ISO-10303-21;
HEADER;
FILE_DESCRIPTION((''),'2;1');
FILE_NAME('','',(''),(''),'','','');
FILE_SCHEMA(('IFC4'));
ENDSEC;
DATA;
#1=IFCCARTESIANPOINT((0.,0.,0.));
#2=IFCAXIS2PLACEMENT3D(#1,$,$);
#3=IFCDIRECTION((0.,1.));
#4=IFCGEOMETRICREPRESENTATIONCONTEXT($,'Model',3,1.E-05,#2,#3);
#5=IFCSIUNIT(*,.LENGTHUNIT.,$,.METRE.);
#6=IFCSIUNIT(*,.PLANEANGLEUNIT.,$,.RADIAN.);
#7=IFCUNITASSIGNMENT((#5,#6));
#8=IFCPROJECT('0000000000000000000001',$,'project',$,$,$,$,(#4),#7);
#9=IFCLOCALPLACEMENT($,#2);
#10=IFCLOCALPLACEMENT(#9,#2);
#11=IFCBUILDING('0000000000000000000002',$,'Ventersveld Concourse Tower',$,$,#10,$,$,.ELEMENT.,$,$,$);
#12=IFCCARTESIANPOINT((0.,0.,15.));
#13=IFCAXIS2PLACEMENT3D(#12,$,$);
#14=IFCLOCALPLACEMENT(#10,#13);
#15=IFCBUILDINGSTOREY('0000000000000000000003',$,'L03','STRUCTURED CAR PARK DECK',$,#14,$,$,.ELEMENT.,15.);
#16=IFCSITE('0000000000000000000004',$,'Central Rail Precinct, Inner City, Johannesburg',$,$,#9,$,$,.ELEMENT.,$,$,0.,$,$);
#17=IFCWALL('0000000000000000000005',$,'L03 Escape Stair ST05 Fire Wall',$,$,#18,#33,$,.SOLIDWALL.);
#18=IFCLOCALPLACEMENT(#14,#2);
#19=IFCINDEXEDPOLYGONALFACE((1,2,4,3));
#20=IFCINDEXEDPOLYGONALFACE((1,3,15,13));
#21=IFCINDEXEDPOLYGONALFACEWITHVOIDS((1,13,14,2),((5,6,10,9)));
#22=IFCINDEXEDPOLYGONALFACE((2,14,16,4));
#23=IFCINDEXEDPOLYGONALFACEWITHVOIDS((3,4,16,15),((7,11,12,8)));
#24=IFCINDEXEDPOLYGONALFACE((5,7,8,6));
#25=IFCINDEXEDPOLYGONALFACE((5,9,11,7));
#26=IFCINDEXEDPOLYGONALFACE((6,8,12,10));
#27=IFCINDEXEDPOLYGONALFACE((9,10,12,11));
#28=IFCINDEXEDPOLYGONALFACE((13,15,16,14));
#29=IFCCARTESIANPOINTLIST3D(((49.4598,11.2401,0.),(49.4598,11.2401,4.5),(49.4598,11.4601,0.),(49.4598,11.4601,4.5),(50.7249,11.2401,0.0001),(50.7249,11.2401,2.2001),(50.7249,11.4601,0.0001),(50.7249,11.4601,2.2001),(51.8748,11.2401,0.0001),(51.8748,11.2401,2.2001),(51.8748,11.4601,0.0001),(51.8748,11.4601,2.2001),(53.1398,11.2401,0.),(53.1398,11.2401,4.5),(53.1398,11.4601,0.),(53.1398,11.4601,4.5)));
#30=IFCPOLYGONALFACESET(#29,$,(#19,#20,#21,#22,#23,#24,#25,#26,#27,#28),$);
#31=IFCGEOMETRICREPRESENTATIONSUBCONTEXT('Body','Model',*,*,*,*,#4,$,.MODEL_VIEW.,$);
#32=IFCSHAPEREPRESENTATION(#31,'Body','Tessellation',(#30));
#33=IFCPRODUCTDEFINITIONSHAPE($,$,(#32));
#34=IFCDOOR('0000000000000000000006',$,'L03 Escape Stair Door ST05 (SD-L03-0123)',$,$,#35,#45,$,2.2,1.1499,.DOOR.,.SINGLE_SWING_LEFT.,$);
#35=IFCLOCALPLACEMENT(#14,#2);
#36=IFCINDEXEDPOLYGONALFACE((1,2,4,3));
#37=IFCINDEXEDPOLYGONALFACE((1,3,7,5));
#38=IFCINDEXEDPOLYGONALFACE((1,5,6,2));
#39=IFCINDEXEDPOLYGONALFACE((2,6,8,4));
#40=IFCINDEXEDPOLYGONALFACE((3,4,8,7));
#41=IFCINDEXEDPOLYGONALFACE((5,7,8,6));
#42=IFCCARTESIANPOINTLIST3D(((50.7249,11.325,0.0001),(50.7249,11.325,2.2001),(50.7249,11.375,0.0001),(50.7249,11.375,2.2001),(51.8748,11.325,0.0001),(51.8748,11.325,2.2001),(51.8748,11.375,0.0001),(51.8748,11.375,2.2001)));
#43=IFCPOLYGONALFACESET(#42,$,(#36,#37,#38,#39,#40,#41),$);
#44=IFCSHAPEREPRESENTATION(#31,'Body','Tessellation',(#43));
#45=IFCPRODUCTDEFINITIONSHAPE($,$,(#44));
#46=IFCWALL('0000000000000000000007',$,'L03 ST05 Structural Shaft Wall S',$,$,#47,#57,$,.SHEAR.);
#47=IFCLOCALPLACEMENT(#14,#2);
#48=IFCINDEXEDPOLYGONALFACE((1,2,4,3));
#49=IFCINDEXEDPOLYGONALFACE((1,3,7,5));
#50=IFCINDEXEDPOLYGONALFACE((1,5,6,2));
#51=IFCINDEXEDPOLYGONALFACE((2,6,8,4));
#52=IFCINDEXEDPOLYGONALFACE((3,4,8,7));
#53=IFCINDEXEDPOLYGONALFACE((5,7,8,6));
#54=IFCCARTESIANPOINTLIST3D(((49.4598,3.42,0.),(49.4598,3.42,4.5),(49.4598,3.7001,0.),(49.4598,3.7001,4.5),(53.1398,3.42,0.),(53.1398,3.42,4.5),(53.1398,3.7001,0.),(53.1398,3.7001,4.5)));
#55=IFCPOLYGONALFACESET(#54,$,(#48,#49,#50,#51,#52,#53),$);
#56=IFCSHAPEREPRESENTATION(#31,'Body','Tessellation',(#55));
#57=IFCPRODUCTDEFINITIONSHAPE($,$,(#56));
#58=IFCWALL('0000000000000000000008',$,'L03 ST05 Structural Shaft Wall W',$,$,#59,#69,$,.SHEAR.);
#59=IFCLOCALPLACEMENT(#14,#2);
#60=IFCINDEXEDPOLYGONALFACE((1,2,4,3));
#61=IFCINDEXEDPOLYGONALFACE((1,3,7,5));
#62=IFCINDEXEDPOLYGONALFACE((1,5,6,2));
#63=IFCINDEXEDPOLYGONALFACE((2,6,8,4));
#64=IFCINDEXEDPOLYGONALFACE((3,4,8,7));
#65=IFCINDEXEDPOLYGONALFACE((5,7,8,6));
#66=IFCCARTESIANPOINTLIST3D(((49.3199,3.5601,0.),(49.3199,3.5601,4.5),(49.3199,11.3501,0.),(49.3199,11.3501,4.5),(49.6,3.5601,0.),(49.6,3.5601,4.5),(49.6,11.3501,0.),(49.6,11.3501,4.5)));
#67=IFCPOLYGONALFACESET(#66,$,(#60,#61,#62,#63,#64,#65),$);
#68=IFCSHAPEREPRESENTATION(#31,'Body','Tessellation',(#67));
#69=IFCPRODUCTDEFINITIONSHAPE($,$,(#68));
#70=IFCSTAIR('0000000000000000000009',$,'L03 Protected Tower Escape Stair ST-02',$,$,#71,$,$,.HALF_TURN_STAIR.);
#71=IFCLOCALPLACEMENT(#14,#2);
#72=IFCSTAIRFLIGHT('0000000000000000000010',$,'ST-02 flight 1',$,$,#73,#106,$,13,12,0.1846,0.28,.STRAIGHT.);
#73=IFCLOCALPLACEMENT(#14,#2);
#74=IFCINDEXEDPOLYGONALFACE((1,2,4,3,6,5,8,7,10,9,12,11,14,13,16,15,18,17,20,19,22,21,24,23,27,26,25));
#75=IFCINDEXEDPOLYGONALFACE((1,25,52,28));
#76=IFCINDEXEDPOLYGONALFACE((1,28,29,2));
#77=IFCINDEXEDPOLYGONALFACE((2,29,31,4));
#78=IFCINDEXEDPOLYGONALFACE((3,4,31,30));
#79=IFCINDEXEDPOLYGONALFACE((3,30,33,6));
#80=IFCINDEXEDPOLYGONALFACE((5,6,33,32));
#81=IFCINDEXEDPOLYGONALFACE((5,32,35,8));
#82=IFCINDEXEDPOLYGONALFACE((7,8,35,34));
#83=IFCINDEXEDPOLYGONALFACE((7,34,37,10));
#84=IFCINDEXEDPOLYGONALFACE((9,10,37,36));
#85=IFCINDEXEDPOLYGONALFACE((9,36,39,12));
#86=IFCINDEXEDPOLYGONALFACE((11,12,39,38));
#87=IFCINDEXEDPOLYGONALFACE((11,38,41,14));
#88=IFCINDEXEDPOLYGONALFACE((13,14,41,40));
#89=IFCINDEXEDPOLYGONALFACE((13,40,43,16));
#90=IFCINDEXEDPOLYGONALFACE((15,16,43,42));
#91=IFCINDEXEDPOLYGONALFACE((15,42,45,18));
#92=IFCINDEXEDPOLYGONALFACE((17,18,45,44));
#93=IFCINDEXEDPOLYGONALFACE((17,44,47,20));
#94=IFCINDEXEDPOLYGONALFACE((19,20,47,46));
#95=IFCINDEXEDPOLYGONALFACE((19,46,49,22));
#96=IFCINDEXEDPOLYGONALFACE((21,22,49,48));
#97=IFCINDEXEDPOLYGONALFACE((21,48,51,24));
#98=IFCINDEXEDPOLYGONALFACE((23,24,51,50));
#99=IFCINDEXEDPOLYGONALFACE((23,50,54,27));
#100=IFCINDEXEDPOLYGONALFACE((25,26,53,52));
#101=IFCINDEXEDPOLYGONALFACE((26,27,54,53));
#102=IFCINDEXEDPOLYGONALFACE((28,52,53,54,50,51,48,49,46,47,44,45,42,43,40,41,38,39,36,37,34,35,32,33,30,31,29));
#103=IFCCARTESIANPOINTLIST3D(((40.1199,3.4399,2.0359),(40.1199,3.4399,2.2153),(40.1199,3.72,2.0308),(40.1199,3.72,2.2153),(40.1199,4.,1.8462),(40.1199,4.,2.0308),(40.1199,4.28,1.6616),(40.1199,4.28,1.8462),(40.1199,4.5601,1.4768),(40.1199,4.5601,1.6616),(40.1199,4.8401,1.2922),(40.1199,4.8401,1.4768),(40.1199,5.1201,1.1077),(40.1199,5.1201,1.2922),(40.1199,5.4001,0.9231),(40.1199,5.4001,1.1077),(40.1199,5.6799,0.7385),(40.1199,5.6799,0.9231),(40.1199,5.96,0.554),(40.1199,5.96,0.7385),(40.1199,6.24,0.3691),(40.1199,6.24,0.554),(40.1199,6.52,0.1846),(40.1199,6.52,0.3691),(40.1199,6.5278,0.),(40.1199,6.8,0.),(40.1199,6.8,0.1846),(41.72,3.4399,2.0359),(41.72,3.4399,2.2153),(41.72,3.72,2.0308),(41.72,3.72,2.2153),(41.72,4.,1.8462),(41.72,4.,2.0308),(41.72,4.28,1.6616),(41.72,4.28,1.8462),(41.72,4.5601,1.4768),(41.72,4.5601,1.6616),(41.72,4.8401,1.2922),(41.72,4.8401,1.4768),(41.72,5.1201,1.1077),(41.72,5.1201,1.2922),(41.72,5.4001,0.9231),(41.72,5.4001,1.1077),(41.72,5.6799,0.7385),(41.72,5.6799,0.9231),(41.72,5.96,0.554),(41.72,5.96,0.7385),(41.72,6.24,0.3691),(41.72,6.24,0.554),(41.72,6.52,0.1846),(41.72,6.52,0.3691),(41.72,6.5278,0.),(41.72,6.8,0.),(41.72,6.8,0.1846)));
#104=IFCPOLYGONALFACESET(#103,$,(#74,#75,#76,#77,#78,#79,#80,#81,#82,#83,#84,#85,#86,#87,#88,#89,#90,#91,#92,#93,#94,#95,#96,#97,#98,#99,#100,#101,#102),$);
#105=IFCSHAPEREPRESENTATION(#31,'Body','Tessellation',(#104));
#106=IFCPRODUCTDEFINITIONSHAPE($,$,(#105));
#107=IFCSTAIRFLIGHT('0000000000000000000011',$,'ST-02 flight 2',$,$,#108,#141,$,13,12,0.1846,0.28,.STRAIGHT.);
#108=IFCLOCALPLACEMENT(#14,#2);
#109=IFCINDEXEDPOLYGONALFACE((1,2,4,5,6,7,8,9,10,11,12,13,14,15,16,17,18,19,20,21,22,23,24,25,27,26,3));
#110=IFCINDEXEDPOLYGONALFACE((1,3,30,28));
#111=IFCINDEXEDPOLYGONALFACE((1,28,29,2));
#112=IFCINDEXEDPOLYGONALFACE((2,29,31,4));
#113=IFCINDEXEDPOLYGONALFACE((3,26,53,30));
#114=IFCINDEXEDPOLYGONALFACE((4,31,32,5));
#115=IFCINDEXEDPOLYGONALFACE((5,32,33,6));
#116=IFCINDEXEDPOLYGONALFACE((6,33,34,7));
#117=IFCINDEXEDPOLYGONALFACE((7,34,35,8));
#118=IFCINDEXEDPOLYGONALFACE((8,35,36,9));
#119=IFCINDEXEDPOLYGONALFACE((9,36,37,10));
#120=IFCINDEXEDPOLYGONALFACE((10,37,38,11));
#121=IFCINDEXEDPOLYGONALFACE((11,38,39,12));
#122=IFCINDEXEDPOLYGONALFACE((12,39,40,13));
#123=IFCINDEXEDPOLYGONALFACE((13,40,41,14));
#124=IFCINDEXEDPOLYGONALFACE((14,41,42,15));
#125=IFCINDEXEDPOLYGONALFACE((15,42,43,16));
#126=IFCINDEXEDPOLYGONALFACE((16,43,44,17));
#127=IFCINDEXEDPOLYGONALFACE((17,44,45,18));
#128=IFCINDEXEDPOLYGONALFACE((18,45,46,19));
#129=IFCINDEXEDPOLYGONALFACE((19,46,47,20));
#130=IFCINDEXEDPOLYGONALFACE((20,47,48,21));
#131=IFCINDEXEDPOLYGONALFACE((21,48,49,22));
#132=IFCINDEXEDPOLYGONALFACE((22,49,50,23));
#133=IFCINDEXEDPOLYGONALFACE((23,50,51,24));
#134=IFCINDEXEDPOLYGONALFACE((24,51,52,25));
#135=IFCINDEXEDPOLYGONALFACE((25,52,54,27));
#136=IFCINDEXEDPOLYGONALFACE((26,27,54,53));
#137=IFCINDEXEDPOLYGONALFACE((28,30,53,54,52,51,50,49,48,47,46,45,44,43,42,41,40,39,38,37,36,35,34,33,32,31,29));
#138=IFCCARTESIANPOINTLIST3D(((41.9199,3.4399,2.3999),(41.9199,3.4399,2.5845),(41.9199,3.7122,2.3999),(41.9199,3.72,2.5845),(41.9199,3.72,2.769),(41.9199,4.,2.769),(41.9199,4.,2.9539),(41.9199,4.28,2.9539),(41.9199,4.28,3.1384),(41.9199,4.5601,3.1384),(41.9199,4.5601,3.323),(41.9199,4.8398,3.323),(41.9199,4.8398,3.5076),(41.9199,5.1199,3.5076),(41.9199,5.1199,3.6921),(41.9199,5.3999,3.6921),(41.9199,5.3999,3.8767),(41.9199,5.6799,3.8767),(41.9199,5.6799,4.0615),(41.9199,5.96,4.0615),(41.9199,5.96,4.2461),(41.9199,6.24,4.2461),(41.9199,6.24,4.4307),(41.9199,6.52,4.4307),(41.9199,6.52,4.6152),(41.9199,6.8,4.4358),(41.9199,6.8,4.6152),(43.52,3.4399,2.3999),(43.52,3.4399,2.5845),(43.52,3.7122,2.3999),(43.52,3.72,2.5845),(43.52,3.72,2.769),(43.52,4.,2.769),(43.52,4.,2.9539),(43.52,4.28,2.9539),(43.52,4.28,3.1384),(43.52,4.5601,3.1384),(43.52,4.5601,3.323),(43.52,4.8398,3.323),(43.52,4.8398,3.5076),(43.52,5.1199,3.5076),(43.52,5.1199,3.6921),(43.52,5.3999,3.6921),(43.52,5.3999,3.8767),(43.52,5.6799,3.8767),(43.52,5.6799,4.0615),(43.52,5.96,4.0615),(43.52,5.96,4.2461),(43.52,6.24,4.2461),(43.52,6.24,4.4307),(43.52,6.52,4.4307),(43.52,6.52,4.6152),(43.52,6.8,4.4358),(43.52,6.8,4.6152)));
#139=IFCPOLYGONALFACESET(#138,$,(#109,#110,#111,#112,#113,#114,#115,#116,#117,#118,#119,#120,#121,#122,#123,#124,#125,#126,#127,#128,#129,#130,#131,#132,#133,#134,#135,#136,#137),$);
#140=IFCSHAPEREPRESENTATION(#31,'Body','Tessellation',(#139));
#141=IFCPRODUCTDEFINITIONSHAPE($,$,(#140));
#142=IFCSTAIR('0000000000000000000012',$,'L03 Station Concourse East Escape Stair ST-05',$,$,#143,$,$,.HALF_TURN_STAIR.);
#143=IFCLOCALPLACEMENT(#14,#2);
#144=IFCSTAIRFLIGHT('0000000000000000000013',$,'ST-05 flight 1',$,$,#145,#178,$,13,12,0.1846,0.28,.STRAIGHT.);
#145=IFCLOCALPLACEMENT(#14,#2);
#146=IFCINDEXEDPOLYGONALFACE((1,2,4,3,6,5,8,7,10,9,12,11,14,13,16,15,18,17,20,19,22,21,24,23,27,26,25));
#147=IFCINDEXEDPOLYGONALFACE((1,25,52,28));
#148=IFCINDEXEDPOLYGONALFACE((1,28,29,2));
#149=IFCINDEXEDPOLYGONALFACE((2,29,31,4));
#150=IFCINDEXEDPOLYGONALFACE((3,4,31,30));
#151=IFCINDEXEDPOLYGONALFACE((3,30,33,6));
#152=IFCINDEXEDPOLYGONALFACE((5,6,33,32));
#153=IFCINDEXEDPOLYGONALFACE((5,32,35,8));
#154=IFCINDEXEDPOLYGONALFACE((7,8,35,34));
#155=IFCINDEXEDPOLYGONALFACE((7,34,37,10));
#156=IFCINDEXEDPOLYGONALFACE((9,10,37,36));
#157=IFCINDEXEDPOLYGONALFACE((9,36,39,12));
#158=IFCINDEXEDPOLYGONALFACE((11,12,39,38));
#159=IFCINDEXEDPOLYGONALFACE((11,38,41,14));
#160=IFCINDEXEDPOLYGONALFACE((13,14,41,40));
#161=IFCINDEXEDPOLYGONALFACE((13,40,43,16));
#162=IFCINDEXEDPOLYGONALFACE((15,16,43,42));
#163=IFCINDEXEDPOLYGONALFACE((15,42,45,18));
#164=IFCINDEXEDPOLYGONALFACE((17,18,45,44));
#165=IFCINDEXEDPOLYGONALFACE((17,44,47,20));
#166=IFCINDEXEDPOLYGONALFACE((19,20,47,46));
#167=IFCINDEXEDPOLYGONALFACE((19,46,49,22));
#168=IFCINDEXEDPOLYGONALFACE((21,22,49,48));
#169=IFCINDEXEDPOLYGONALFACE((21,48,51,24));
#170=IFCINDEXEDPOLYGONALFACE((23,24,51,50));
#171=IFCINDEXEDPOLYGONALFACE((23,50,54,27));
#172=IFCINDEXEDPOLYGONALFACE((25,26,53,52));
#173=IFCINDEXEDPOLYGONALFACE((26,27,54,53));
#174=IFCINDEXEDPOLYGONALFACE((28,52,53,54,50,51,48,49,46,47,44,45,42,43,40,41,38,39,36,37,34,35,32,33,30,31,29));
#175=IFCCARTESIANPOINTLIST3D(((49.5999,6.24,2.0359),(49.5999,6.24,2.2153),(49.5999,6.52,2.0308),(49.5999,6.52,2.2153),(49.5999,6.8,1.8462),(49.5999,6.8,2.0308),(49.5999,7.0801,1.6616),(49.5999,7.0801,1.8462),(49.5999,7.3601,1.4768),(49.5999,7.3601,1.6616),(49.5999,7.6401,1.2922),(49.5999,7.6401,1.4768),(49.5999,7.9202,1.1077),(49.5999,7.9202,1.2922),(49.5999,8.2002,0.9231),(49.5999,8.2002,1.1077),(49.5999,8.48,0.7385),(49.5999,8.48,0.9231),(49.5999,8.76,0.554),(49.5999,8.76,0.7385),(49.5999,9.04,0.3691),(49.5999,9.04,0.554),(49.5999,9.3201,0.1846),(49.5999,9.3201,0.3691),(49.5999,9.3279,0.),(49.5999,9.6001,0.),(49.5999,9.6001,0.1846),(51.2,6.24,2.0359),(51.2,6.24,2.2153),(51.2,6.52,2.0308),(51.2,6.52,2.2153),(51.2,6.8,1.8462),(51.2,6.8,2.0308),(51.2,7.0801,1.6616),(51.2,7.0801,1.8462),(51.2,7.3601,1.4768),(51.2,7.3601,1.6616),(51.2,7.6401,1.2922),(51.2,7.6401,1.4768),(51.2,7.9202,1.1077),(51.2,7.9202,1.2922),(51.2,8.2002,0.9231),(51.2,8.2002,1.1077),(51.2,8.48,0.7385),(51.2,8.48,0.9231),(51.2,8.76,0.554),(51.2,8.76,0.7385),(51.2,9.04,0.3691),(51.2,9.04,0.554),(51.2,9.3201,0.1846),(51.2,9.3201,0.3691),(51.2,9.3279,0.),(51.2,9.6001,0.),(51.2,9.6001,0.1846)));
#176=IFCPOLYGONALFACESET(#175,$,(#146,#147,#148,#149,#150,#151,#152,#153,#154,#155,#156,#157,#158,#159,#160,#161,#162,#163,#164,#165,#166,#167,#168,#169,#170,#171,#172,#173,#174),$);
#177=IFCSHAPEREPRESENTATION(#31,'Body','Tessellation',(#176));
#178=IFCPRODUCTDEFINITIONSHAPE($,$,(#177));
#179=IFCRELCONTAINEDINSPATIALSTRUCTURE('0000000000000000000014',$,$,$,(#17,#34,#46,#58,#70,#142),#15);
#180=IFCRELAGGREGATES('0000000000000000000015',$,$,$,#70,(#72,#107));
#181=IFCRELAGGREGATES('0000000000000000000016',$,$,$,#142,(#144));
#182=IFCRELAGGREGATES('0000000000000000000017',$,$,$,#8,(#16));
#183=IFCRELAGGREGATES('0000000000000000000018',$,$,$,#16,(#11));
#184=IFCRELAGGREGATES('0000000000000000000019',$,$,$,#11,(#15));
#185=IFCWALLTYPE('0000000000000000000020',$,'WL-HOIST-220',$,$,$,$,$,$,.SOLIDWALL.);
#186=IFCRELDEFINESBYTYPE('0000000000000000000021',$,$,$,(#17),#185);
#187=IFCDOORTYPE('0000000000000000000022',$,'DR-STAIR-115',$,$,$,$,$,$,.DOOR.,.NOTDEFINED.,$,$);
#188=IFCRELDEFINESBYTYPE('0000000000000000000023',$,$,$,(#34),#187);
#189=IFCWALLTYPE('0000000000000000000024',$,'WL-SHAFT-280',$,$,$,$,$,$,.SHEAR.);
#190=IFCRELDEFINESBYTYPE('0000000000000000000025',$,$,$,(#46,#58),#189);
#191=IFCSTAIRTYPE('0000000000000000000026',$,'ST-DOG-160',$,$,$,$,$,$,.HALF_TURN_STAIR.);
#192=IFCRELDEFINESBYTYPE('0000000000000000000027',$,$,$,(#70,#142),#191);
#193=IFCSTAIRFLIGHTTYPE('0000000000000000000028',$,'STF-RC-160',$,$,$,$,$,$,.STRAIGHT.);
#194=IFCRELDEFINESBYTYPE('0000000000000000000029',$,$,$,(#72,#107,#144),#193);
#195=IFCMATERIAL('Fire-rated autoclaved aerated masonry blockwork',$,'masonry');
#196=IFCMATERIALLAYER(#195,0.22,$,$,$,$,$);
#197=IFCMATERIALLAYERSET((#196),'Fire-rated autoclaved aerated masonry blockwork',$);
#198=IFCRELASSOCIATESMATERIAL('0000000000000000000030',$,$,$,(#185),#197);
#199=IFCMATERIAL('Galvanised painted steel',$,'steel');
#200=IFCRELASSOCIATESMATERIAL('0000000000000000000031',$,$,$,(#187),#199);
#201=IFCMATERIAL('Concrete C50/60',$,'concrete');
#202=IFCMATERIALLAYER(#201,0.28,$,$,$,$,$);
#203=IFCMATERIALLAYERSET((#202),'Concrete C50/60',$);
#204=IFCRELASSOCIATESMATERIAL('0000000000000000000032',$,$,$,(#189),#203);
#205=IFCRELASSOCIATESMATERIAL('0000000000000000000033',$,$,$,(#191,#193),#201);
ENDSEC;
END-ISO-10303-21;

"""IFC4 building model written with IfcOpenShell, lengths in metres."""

from ifc_helpers import new_model, si_unit, direction, frame, frame_2d, origin, place, context, subcontext, project, spatial, polyline, rectangle, outline, extrude, material, layer, layer_set, type_object, element, fill, aggregate, save


model = new_model("IFC4")

# Units and contexts
model_context = context("Model", 3, precision=1e-05, world=origin(), true_north=direction((0.0, 1.0)))
body_context = subcontext(model_context, "Body", "Model", "MODEL_VIEW")
ifc_project = project(units=[si_unit("LENGTHUNIT", "METRE"), si_unit("PLANEANGLEUNIT", "RADIAN")], contexts=[model_context])

# Site, building, storey
site_placement = place(None, origin())
site = spatial("IfcSite", under=ifc_project, at=site_placement, Name="Central Rail Precinct, Inner City, Johannesburg", CompositionType="ELEMENT", RefElevation=0.0)
building_placement = place(site_placement, origin())
building = spatial("IfcBuilding", under=site, at=building_placement, Name="Ventersveld Concourse Tower", CompositionType="ELEMENT")
storey_placement = place(building_placement, frame((0.0, 0.0, 15.0)))
storey = spatial("IfcBuildingStorey", under=building, at=storey_placement, Name="L03", Description="STRUCTURED CAR PARK DECK", CompositionType="ELEMENT", Elevation=15.0)

# Shared definitions
ifc_material_1 = material(Name="Concrete C50/60", Category="concrete")

# Wall, opening, door
ifc_material_2 = material(Name="Fire-rated autoclaved aerated masonry blockwork", Category="masonry")
ifc_layer_1 = layer(ifc_material_2, 0.22)
ifc_layer_set_1 = layer_set([ifc_layer_1], Name="Fire-rated autoclaved aerated masonry blockwork")
wall_type_1 = type_object("IfcWallType", Name="WL-HOIST-220", PredefinedType="SOLIDWALL", material=ifc_layer_set_1)
ifc_material_3 = material(Name="Galvanised painted steel", Category="steel")
door_type = type_object("IfcDoorType", Name="DR-STAIR-115", OperationType="NOTDEFINED", PredefinedType="DOOR", material=ifc_material_3)
wall_1_placement = place(storey_placement, frame((49.46, 11.3501, 0.0), z_axis=(0.0, 0.0, 1.0), x_axis=(1.0, 0.0, 0.0)))
wall_1 = element("IfcWall", 1, at=wall_1_placement, inside=storey, type_object=wall_type_1, Name="L03 Escape Stair ST05 Fire Wall", PredefinedType="SOLIDWALL", context=body_context, shape_type="SweptSolid", body=[
    extrude(rectangle(XDim=3.6799, YDim=0.22, at=frame_2d((1.8398, 0.0))), origin(), (0.0, 0.0, 1.0), 4.5),
])
opening_1_placement = place(wall_1_placement, frame((1.2649, 0.0, 0.0)))
opening_1 = element("IfcOpeningElement", 2, at=opening_1_placement, cuts=wall_1, PredefinedType="OPENING", context=body_context, shape_type="SweptSolid", body=[
    extrude(rectangle(XDim=1.1499, YDim=2.2, at=frame_2d((0.575, 1.1001))), frame((0.0, 0.1201, 0.0), z_axis=(0.0, -1.0, 0.0), x_axis=(1.0, 0.0, 0.0)), (0.0, 0.0, 1.0), 0.24),
])
door_1_placement = place(opening_1_placement, origin())
door_1 = element("IfcDoor", 3, at=door_1_placement, inside=storey, type_object=door_type, Name="L03 Escape Stair Door ST05 (SD-L03-0123)", OperationType="SINGLE_SWING_LEFT", OverallHeight=2.2, OverallWidth=1.1499, PredefinedType="DOOR", context=body_context, shape_type="SweptSolid", body=[
    extrude(rectangle(XDim=1.1499, YDim=2.2, at=frame_2d((0.575, 1.1001))), frame((0.0, 0.0249, 0.0), z_axis=(0.0, -1.0, 0.0), x_axis=(1.0, 0.0, 0.0)), (0.0, 0.0, 1.0), 0.05),
])
fill(opening_1, door_1)

# Walls
ifc_layer_2 = layer(ifc_material_1, 0.28)
ifc_layer_set_2 = layer_set([ifc_layer_2], Name="Concrete C50/60")
wall_type_2 = type_object("IfcWallType", Name="WL-SHAFT-280", PredefinedType="SHEAR", material=ifc_layer_set_2)
wall_2_placement = place(storey_placement, frame((49.46, 3.5601, 0.0), z_axis=(0.0, 0.0, 1.0), x_axis=(1.0, 0.0, 0.0)))
element("IfcWall", 4, at=wall_2_placement, inside=storey, type_object=wall_type_2, Name="L03 ST05 Structural Shaft Wall S", PredefinedType="SHEAR", context=body_context, shape_type="SweptSolid", body=[
    extrude(rectangle(XDim=3.6799, YDim=0.28, at=frame_2d((1.8398, 0.0))), origin(), (0.0, 0.0, 1.0), 4.5),
])
wall_3_placement = place(storey_placement, frame((49.46, 3.5601, 0.0), z_axis=(0.0, 0.0, 1.0), x_axis=(0.0, 1.0, 0.0)))
element("IfcWall", 5, at=wall_3_placement, inside=storey, type_object=wall_type_2, Name="L03 ST05 Structural Shaft Wall W", PredefinedType="SHEAR", context=body_context, shape_type="SweptSolid", body=[
    extrude(rectangle(XDim=7.79, YDim=0.28, at=frame_2d((3.895, 0.0))), origin(), (0.0, 0.0, 1.0), 4.5),
])

# Stair, stair flights
stair_type = type_object("IfcStairType", Name="ST-DOG-160", PredefinedType="HALF_TURN_STAIR", material=ifc_material_1)
stair_1_placement = place(storey_placement, origin())
stair_1 = element("IfcStair", 6, at=stair_1_placement, inside=storey, type_object=stair_type, Name="L03 Protected Tower Escape Stair ST-02", PredefinedType="HALF_TURN_STAIR")
stair_flight_type = type_object("IfcStairFlightType", Name="STF-RC-160", PredefinedType="STRAIGHT", material=ifc_material_1)
stair_flight_1_placement = place(storey_placement, frame((40.9199, 6.8, 0.0), z_axis=(0.0, 0.0, 1.0), x_axis=(0.0, -1.0, 0.0)))
stair_flight_1 = element("IfcStairFlight", 7, at=stair_flight_1_placement, type_object=stair_flight_type, Name="ST-02 flight 1", NumberOfRisers=13, NumberOfTreads=12, PredefinedType="STRAIGHT", RiserHeight=0.1846, TreadLength=0.28, context=body_context, shape_type="SweptSolid", body=[
    extrude(outline(polyline([(0.0, 0.0), (0.0, 0.1846), (0.28, 0.1846), (0.28, 0.3691), (0.5601, 0.3691), (0.5601, 0.554), (0.8401, 0.554), (0.8401, 0.7385), (1.1201, 0.7385), (1.1201, 0.9231), (1.3999, 0.9231), (1.3999, 1.1077), (1.6799, 1.1077), (1.6799, 1.2922), (1.96, 1.2922), (1.96, 1.4768), (2.24, 1.4768), (2.24, 1.6616), (2.52, 1.6616), (2.52, 1.8462), (2.8, 1.8462), (2.8, 2.0308), (3.0801, 2.0308), (3.0801, 2.2153), (3.3601, 2.2153), (3.3601, 2.3999), (3.3601, 2.0359), (0.2722, 0.0), (0.0, 0.0)])), frame((0.0, 0.8, 0.0), z_axis=(0.0, -1.0, 0.0), x_axis=(1.0, 0.0, 0.0)), (0.0, 0.0, 1.0), 1.6001),
])
stair_flight_2_placement = place(storey_placement, frame((42.72, 3.4399, 2.3999), z_axis=(0.0, 0.0, 1.0), x_axis=(0.0, 1.0, 0.0)))
stair_flight_2 = element("IfcStairFlight", 8, at=stair_flight_2_placement, type_object=stair_flight_type, Name="ST-02 flight 2", NumberOfRisers=13, NumberOfTreads=12, PredefinedType="STRAIGHT", RiserHeight=0.1846, TreadLength=0.28, context=body_context, shape_type="SweptSolid", body=[
    extrude(outline(polyline([(0.0, 0.0), (0.0, 0.1846), (0.28, 0.1846), (0.28, 0.3691), (0.5601, 0.3691), (0.5601, 0.554), (0.8401, 0.554), (0.8401, 0.7385), (1.1201, 0.7385), (1.1201, 0.9231), (1.3999, 0.9231), (1.3999, 1.1077), (1.6799, 1.1077), (1.6799, 1.2922), (1.96, 1.2922), (1.96, 1.4768), (2.24, 1.4768), (2.24, 1.6616), (2.52, 1.6616), (2.52, 1.8462), (2.8, 1.8462), (2.8, 2.0308), (3.0801, 2.0308), (3.0801, 2.2153), (3.3601, 2.2153), (3.3601, 2.3999), (3.3601, 2.0359), (0.2722, 0.0), (0.0, 0.0)])), frame((0.0, 0.8, 0.0), z_axis=(0.0, -1.0, 0.0), x_axis=(1.0, 0.0, 0.0)), (0.0, 0.0, 1.0), 1.6001),
])
aggregate(stair_1, [stair_flight_1, stair_flight_2])

# Stair, stair flight
stair_2_placement = place(storey_placement, origin())
stair_2 = element("IfcStair", 9, at=stair_2_placement, inside=storey, type_object=stair_type, Name="L03 Station Concourse East Escape Stair ST-05", PredefinedType="HALF_TURN_STAIR")
stair_flight_3_placement = place(storey_placement, frame((50.3999, 9.6001, 0.0), z_axis=(0.0, 0.0, 1.0), x_axis=(0.0, -1.0, 0.0)))
stair_flight_3 = element("IfcStairFlight", 10, at=stair_flight_3_placement, type_object=stair_flight_type, Name="ST-05 flight 1", NumberOfRisers=13, NumberOfTreads=12, PredefinedType="STRAIGHT", RiserHeight=0.1846, TreadLength=0.28, context=body_context, shape_type="SweptSolid", body=[
    extrude(outline(polyline([(0.0, 0.0), (0.0, 0.1846), (0.28, 0.1846), (0.28, 0.3691), (0.5601, 0.3691), (0.5601, 0.554), (0.8401, 0.554), (0.8401, 0.7385), (1.1201, 0.7385), (1.1201, 0.9231), (1.3999, 0.9231), (1.3999, 1.1077), (1.6799, 1.1077), (1.6799, 1.2922), (1.96, 1.2922), (1.96, 1.4768), (2.24, 1.4768), (2.24, 1.6616), (2.52, 1.6616), (2.52, 1.8462), (2.8, 1.8462), (2.8, 2.0308), (3.0801, 2.0308), (3.0801, 2.2153), (3.3601, 2.2153), (3.3601, 2.3999), (3.3601, 2.0359), (0.2722, 0.0), (0.0, 0.0)])), frame((0.0, 0.8, 0.0), z_axis=(0.0, -1.0, 0.0), x_axis=(1.0, 0.0, 0.0)), (0.0, 0.0, 1.0), 1.6001),
])
aggregate(stair_2, [stair_flight_3])

save(model, "model.ifc")
